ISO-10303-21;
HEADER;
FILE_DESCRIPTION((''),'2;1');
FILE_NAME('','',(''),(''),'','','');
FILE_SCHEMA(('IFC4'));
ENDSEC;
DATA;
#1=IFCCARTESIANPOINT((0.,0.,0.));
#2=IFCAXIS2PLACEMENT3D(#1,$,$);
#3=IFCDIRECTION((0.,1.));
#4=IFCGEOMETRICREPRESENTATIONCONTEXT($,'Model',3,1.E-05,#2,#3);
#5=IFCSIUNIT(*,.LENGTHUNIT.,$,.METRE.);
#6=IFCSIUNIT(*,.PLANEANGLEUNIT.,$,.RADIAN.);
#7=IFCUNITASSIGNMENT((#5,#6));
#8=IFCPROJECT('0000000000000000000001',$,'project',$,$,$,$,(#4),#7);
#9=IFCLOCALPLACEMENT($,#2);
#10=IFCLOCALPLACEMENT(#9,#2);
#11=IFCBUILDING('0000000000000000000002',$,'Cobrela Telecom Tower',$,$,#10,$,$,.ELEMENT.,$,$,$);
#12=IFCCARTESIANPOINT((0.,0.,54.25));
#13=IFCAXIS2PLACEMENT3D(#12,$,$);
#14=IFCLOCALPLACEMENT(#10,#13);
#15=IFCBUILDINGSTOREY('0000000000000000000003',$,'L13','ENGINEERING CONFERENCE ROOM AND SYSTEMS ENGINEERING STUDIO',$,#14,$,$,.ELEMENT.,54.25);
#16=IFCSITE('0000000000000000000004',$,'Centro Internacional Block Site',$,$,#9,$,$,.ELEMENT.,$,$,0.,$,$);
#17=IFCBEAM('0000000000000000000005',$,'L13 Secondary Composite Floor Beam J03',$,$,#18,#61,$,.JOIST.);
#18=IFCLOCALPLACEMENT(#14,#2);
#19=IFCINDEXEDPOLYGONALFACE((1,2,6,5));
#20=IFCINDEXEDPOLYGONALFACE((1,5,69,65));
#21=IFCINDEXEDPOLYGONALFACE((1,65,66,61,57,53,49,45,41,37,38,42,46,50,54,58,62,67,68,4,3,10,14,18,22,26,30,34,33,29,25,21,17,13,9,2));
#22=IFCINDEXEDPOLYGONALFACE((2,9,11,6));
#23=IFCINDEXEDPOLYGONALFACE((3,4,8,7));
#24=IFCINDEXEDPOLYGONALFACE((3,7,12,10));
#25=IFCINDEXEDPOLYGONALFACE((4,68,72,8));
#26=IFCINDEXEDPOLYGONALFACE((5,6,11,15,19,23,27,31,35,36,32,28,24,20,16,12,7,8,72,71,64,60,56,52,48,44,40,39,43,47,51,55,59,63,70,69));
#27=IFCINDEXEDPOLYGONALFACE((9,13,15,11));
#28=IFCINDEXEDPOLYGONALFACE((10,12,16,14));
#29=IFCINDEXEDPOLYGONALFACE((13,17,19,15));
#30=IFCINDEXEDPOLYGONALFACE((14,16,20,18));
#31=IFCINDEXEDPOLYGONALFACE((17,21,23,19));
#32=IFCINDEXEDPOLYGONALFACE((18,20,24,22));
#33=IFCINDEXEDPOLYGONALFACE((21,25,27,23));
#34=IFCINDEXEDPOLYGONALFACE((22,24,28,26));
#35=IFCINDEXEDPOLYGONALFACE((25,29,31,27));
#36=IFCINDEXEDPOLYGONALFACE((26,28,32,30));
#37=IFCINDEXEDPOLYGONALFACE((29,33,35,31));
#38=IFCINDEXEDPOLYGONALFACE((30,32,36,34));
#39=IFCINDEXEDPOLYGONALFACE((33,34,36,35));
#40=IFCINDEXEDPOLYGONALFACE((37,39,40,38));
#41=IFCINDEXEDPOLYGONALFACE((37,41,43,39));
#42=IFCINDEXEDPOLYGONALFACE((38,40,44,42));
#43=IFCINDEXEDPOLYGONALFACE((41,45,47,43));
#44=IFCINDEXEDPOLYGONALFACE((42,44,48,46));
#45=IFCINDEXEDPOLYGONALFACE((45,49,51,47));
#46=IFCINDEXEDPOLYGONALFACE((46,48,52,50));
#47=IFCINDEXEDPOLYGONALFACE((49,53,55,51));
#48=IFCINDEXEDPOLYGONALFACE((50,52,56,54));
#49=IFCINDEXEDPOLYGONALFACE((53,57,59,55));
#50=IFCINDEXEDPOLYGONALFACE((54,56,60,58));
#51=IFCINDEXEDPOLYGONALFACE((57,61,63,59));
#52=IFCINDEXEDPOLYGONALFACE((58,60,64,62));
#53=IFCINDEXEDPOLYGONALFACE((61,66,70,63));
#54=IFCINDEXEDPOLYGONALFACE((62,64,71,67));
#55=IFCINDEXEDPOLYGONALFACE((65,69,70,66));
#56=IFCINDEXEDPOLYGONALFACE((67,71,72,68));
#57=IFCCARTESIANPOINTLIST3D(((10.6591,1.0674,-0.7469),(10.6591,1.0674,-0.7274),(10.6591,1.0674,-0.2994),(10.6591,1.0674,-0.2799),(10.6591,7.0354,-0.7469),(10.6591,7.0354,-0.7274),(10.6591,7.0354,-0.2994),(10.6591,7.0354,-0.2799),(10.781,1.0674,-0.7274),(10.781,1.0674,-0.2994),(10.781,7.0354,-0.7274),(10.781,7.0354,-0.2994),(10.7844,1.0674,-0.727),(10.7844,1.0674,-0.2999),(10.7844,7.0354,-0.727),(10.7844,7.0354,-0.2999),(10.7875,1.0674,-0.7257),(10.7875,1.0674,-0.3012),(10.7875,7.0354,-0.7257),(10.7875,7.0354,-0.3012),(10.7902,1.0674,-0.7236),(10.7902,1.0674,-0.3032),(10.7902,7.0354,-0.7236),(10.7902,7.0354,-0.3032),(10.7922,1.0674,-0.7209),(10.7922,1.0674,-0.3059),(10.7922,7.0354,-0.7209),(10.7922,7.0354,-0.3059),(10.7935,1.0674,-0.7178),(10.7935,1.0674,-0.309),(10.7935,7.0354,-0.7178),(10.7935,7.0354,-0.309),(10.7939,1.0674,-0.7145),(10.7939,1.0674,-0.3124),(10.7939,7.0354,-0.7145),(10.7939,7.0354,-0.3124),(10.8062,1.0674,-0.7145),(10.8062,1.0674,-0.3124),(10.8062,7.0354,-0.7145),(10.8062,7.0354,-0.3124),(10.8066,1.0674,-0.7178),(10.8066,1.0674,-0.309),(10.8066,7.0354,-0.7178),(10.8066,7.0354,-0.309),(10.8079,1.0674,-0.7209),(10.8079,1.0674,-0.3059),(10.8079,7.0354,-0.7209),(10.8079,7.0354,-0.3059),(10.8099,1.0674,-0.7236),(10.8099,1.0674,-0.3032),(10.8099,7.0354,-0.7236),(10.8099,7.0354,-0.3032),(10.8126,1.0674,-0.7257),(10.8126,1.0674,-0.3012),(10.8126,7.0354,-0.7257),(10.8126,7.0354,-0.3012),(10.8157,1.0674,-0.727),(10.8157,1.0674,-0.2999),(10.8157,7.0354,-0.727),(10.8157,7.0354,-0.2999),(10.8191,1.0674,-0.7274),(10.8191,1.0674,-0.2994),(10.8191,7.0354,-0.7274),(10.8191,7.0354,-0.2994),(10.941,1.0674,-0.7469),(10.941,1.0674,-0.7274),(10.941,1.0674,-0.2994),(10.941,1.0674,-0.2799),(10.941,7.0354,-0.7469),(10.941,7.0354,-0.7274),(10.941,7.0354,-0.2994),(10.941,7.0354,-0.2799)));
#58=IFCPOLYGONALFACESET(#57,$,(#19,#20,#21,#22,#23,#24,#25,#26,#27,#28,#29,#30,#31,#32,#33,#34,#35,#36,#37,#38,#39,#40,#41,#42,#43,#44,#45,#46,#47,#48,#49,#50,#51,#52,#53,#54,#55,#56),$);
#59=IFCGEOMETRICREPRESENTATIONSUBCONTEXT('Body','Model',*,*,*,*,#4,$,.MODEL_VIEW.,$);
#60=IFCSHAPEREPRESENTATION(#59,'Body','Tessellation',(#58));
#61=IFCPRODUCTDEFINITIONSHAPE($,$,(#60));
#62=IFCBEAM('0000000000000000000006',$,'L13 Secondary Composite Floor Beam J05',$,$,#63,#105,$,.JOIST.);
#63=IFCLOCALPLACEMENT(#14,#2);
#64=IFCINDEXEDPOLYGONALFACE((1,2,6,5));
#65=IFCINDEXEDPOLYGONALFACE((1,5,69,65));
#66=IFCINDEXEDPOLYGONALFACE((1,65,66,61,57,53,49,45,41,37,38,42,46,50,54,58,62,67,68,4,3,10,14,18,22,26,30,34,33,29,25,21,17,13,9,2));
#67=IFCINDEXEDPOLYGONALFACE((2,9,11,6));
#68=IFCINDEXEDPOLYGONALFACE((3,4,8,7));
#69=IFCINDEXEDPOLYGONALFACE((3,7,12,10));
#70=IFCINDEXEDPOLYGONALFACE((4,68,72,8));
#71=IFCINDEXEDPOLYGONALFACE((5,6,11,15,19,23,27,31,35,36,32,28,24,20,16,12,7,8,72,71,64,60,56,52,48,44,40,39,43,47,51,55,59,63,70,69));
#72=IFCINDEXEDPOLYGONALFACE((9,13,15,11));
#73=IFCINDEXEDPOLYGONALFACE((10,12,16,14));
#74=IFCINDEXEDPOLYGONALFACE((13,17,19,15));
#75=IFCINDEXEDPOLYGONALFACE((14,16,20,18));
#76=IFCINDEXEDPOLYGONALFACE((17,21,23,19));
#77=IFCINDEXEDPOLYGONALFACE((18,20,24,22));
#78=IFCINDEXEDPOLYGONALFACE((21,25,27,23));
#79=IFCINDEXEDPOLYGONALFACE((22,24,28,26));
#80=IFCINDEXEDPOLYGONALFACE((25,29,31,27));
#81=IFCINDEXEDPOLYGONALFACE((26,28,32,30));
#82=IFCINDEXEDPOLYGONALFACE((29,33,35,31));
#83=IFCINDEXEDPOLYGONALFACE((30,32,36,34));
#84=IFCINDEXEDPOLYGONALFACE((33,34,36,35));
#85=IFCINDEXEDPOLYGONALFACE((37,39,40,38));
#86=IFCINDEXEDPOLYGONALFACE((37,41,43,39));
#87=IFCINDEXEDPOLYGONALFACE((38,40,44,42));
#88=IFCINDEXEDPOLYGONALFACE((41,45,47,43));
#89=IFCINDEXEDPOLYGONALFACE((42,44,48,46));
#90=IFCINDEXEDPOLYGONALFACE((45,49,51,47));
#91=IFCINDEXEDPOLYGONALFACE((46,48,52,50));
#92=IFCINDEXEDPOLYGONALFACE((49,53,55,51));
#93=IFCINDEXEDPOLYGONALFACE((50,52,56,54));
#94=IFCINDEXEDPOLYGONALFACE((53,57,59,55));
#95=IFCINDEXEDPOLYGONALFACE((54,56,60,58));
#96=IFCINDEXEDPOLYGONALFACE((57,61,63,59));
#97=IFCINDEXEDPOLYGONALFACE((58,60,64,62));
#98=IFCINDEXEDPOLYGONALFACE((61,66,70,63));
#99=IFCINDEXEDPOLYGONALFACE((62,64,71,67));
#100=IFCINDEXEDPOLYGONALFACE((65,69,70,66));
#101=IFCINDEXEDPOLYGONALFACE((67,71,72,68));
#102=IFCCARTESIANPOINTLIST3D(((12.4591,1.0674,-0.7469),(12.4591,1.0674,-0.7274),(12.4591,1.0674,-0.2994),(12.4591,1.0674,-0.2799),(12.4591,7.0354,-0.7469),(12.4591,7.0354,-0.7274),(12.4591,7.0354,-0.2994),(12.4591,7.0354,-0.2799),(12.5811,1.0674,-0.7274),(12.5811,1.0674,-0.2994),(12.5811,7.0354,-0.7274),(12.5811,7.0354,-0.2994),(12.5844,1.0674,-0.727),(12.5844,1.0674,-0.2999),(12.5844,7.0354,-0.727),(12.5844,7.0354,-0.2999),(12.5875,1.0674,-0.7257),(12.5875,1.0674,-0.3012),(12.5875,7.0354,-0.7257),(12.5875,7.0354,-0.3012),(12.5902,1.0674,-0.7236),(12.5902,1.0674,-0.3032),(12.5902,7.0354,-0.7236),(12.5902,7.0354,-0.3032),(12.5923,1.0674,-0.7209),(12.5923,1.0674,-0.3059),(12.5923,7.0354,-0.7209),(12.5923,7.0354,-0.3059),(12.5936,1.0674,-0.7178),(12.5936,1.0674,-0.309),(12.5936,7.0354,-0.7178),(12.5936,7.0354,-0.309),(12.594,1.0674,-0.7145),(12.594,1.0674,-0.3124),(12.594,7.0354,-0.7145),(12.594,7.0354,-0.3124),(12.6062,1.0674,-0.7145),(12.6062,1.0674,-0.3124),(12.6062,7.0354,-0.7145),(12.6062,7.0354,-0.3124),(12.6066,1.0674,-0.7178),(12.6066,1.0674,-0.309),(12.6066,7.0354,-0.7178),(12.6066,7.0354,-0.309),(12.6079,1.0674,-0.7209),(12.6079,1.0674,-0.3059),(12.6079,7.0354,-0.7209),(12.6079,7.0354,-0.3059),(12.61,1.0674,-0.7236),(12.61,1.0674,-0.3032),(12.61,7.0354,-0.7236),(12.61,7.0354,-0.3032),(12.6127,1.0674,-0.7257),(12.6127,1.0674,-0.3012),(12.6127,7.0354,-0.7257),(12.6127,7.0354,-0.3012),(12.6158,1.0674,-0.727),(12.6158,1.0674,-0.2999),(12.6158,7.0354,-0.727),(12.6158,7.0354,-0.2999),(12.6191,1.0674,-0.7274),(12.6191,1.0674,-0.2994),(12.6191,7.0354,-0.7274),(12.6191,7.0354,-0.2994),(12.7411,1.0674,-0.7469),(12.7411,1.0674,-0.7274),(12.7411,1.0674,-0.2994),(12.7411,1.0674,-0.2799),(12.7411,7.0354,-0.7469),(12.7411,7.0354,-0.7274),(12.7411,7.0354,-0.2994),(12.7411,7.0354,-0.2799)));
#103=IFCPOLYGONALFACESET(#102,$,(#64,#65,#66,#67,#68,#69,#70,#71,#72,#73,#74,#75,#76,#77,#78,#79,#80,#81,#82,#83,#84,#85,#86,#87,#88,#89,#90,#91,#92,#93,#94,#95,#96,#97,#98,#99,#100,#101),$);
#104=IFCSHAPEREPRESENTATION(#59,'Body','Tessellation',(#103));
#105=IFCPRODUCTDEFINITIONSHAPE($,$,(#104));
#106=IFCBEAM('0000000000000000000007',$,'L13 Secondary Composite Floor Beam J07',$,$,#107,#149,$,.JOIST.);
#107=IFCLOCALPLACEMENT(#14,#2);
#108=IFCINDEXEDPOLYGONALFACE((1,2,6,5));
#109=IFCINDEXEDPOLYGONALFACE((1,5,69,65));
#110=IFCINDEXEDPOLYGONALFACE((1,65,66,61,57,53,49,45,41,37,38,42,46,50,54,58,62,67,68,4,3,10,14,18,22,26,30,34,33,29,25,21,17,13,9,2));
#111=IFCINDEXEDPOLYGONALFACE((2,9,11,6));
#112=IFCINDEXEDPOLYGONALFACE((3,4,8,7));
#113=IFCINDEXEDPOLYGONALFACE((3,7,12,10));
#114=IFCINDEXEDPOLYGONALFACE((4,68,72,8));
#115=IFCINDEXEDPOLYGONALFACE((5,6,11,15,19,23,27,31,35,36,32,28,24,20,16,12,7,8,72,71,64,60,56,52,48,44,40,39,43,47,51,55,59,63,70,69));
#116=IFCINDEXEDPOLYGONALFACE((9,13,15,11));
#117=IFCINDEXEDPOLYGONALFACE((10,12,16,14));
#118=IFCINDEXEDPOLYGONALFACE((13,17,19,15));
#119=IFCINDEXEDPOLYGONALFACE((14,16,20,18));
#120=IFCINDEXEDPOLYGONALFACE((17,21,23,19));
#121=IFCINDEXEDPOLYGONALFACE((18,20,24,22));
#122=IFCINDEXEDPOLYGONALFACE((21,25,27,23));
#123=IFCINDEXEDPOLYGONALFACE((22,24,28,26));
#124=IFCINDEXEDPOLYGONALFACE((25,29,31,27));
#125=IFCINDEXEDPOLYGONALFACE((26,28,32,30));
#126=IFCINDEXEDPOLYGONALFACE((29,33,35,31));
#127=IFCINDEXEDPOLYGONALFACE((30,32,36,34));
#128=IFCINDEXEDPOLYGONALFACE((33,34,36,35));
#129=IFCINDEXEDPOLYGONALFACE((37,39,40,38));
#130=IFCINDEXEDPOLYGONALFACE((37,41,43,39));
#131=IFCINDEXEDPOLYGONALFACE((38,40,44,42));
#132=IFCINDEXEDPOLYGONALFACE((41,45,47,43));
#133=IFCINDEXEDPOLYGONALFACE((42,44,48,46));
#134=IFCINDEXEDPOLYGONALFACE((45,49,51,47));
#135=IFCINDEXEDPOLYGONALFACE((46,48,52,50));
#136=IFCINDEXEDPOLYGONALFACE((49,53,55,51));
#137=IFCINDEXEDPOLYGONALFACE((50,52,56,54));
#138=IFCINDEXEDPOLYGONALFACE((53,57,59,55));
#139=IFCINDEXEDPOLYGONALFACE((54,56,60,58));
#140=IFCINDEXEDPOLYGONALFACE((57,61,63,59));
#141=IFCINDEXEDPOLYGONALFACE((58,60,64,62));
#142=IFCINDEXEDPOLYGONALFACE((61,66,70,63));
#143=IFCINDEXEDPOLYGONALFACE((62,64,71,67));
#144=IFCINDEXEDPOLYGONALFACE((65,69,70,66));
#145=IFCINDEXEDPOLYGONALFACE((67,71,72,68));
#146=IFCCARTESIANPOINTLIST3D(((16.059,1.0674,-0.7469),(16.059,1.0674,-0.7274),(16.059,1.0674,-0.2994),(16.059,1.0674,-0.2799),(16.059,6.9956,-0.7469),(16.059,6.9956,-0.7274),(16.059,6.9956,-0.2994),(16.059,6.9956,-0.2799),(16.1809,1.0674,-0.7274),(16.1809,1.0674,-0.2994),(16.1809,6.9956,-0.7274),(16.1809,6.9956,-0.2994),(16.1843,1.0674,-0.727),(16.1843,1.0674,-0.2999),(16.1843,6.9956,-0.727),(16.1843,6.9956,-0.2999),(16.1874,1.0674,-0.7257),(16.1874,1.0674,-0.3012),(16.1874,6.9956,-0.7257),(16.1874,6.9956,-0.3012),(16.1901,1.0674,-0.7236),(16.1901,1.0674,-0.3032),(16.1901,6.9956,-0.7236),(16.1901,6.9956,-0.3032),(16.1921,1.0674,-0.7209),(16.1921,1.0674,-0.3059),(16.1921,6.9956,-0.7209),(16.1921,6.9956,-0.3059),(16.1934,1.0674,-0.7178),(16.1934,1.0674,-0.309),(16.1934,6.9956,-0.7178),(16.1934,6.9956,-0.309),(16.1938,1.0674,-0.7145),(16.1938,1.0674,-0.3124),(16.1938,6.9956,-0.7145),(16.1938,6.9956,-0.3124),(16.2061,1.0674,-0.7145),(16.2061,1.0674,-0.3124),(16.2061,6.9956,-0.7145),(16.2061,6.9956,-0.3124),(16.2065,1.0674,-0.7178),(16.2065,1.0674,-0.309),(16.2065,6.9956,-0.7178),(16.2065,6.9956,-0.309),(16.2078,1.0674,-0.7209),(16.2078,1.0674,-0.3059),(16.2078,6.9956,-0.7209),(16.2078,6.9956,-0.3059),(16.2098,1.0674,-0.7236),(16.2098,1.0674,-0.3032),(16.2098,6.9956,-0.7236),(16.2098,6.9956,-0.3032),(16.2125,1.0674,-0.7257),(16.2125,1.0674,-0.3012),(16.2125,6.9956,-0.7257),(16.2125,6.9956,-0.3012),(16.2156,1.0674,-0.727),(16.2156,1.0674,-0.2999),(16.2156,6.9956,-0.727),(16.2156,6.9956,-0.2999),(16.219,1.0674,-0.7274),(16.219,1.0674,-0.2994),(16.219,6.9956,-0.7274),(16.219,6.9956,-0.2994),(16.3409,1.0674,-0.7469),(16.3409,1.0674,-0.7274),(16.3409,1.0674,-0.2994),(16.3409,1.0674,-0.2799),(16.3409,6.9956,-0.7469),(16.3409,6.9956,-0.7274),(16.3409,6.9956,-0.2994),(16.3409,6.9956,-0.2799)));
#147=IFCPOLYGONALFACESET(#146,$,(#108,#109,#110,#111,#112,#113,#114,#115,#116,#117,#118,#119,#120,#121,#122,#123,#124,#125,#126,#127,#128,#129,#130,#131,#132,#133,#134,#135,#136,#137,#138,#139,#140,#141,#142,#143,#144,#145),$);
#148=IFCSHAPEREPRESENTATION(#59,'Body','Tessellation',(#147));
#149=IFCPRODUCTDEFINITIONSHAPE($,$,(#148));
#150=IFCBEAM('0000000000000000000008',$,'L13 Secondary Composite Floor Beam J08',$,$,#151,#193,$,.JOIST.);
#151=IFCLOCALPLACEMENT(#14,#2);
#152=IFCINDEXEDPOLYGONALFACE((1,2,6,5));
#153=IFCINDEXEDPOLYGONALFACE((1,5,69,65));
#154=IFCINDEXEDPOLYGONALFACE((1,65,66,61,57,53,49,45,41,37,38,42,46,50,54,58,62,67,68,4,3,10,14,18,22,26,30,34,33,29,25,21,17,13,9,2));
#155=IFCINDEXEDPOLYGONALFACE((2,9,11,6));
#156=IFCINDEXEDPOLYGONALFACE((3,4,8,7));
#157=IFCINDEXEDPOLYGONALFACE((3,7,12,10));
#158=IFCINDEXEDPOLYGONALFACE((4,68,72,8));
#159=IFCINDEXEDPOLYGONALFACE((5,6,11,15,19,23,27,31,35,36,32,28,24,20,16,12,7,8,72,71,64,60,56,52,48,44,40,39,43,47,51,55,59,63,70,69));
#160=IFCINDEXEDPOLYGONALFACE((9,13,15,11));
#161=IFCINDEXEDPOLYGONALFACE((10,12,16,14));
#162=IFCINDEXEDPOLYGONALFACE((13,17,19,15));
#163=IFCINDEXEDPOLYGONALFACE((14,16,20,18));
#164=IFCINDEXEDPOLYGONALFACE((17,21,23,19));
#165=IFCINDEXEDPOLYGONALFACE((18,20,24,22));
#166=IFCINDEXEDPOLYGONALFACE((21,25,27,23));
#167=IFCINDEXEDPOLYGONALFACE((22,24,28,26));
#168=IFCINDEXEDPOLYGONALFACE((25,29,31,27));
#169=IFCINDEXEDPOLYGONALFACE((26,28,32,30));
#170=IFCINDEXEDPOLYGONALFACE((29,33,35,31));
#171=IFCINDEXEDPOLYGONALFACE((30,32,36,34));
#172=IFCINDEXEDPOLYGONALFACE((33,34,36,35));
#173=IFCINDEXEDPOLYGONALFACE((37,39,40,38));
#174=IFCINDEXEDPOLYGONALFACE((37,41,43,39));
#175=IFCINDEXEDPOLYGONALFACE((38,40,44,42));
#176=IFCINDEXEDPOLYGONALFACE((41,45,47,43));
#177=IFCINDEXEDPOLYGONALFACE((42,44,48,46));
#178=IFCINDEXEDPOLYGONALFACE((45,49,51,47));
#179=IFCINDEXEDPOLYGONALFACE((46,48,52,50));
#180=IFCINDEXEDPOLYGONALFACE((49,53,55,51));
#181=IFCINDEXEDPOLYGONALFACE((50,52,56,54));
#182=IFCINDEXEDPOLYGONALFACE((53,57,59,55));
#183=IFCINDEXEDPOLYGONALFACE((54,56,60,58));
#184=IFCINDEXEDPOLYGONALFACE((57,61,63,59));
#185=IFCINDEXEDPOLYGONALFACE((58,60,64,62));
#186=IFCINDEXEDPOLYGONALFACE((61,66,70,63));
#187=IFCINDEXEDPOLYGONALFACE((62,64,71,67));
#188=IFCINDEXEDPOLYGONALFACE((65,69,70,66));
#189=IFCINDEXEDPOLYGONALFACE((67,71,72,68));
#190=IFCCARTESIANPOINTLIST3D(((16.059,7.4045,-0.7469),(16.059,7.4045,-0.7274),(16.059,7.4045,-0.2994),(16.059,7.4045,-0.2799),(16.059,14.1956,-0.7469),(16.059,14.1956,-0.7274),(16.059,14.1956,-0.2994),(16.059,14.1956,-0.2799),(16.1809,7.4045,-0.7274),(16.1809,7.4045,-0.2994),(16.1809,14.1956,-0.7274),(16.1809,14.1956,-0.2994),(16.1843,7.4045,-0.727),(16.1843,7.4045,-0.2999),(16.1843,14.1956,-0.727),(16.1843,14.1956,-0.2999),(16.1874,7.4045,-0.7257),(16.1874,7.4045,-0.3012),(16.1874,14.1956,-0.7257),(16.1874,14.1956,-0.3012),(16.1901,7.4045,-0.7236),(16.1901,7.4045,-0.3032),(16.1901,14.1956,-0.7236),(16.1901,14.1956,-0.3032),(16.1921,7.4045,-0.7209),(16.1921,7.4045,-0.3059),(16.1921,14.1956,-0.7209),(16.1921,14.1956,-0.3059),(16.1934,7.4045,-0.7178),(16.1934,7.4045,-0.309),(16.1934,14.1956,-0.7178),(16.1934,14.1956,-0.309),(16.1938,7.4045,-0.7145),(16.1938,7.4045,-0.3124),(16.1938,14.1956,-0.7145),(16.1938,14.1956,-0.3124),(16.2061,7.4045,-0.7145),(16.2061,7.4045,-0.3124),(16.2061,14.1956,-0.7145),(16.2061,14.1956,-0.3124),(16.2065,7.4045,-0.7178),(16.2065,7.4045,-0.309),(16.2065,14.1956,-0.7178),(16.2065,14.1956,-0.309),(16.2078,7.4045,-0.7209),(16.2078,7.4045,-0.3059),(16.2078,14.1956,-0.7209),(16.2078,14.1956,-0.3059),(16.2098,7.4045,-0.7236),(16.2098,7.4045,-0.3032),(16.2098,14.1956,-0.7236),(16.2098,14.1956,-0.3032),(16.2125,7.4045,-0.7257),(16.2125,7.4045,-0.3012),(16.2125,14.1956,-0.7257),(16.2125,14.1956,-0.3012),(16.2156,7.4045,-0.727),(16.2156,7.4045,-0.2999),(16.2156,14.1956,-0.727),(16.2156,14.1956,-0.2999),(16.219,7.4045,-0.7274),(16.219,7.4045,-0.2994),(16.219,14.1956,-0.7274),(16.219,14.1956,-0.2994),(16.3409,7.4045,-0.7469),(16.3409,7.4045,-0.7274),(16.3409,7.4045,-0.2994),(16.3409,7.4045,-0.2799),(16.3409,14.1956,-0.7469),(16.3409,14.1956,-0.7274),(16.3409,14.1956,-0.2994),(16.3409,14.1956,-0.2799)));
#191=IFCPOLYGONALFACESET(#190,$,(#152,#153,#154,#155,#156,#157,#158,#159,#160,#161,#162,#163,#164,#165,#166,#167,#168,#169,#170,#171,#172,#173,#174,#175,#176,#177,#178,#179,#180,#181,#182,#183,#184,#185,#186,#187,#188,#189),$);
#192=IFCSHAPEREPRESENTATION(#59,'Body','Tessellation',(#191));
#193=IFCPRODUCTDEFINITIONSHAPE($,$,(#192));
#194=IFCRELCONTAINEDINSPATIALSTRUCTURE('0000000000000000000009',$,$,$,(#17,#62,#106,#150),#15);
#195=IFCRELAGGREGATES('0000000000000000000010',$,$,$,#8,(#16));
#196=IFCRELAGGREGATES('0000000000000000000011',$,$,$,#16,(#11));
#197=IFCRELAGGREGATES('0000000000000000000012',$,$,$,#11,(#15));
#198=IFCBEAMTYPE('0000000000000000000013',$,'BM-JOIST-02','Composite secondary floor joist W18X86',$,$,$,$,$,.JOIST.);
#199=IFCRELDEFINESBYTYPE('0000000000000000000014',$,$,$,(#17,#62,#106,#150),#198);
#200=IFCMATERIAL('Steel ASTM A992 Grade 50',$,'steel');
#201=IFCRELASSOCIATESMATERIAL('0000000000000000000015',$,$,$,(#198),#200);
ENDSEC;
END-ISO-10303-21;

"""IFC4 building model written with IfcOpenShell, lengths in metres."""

from ifc_helpers import new_model, si_unit, direction, frame, origin, origin_2d, place, context, subcontext, project, spatial, i_section, extrude, material, material_profile, profile_set, type_object, element, save


model = new_model("IFC4")

# Units and contexts
model_context = context("Model", 3, precision=1e-05, world=origin(), true_north=direction((0.0, 1.0)))
body_context = subcontext(model_context, "Body", "Model", "MODEL_VIEW")
ifc_project = project(units=[si_unit("LENGTHUNIT", "METRE"), si_unit("PLANEANGLEUNIT", "RADIAN")], contexts=[model_context])

# Site, building, storey
site_placement = place(None, origin())
site = spatial("IfcSite", under=ifc_project, at=site_placement, Name="Centro Internacional Block Site", CompositionType="ELEMENT", RefElevation=0.0)
building_placement = place(site_placement, origin())
building = spatial("IfcBuilding", under=site, at=building_placement, Name="Cobrela Telecom Tower", CompositionType="ELEMENT")
storey_placement = place(building_placement, frame((0.0, 0.0, 54.25)))
storey = spatial("IfcBuildingStorey", under=building, at=storey_placement, Name="L13", Description="ENGINEERING CONFERENCE ROOM AND SYSTEMS ENGINEERING STUDIO", CompositionType="ELEMENT", Elevation=54.25)

# Beams
ifc_material_1 = material(Name="Steel ASTM A992 Grade 50", Category="steel")
ifc_material_profile_1 = material_profile(ifc_material_1, i_section(OverallWidth=0.282, OverallDepth=0.467, WebThickness=0.0122, FlangeThickness=0.0195, FilletRadius=0.0129, at=origin_2d()), Name="W18X86")
ifc_profile_set_1 = profile_set([ifc_material_profile_1], Name="Steel ASTM A992 Grade 50")
beam_type_1 = type_object("IfcBeamType", Name="BM-JOIST-02", Description="Composite secondary floor joist W18X86", PredefinedType="JOIST", material=ifc_profile_set_1)
for number, where, z_axis, x_axis, name in (
    (1, (10.8, 1.0674, -0.5134), (0.0, 1.0, 0.0), (-1.0, 0.0, 0.0), "L13 Secondary Composite Floor Beam J03"),
    (2, (12.6001, 1.0674, -0.5134), (0.0, 1.0, 0.0), (-1.0, 0.0, 0.0), "L13 Secondary Composite Floor Beam J05"),
):
    element("IfcBeam", number, at=place(storey_placement, frame(where, z_axis=z_axis, x_axis=x_axis)), inside=storey, type_object=beam_type_1, Name=name, PredefinedType="JOIST", context=body_context, shape_type="SweptSolid", body=[
        extrude(i_section(OverallWidth=0.282, OverallDepth=0.467, WebThickness=0.0122, FlangeThickness=0.0195, FilletRadius=0.0129, at=origin_2d()), origin(), (0.0, 0.0, 1.0), 5.968),
    ])
beam_1_placement = place(storey_placement, frame((16.2, 1.0674, -0.5134), z_axis=(0.0, 1.0, 0.0), x_axis=(-1.0, 0.0, 0.0)))
element("IfcBeam", 3, at=beam_1_placement, inside=storey, type_object=beam_type_1, Name="L13 Secondary Composite Floor Beam J07", PredefinedType="JOIST", context=body_context, shape_type="SweptSolid", body=[
    extrude(i_section(OverallWidth=0.282, OverallDepth=0.467, WebThickness=0.0122, FlangeThickness=0.0195, FilletRadius=0.0129, at=origin_2d()), origin(), (0.0, 0.0, 1.0), 5.9282),
])
beam_2_placement = place(storey_placement, frame((16.2, 7.4045, -0.5134), z_axis=(0.0, 1.0, 0.0), x_axis=(-1.0, 0.0, 0.0)))
element("IfcBeam", 4, at=beam_2_placement, inside=storey, type_object=beam_type_1, Name="L13 Secondary Composite Floor Beam J08", PredefinedType="JOIST", context=body_context, shape_type="SweptSolid", body=[
    extrude(i_section(OverallWidth=0.282, OverallDepth=0.467, WebThickness=0.0122, FlangeThickness=0.0195, FilletRadius=0.0129, at=origin_2d()), origin(), (0.0, 0.0, 1.0), 6.791),
])

save(model, "model.ifc")
